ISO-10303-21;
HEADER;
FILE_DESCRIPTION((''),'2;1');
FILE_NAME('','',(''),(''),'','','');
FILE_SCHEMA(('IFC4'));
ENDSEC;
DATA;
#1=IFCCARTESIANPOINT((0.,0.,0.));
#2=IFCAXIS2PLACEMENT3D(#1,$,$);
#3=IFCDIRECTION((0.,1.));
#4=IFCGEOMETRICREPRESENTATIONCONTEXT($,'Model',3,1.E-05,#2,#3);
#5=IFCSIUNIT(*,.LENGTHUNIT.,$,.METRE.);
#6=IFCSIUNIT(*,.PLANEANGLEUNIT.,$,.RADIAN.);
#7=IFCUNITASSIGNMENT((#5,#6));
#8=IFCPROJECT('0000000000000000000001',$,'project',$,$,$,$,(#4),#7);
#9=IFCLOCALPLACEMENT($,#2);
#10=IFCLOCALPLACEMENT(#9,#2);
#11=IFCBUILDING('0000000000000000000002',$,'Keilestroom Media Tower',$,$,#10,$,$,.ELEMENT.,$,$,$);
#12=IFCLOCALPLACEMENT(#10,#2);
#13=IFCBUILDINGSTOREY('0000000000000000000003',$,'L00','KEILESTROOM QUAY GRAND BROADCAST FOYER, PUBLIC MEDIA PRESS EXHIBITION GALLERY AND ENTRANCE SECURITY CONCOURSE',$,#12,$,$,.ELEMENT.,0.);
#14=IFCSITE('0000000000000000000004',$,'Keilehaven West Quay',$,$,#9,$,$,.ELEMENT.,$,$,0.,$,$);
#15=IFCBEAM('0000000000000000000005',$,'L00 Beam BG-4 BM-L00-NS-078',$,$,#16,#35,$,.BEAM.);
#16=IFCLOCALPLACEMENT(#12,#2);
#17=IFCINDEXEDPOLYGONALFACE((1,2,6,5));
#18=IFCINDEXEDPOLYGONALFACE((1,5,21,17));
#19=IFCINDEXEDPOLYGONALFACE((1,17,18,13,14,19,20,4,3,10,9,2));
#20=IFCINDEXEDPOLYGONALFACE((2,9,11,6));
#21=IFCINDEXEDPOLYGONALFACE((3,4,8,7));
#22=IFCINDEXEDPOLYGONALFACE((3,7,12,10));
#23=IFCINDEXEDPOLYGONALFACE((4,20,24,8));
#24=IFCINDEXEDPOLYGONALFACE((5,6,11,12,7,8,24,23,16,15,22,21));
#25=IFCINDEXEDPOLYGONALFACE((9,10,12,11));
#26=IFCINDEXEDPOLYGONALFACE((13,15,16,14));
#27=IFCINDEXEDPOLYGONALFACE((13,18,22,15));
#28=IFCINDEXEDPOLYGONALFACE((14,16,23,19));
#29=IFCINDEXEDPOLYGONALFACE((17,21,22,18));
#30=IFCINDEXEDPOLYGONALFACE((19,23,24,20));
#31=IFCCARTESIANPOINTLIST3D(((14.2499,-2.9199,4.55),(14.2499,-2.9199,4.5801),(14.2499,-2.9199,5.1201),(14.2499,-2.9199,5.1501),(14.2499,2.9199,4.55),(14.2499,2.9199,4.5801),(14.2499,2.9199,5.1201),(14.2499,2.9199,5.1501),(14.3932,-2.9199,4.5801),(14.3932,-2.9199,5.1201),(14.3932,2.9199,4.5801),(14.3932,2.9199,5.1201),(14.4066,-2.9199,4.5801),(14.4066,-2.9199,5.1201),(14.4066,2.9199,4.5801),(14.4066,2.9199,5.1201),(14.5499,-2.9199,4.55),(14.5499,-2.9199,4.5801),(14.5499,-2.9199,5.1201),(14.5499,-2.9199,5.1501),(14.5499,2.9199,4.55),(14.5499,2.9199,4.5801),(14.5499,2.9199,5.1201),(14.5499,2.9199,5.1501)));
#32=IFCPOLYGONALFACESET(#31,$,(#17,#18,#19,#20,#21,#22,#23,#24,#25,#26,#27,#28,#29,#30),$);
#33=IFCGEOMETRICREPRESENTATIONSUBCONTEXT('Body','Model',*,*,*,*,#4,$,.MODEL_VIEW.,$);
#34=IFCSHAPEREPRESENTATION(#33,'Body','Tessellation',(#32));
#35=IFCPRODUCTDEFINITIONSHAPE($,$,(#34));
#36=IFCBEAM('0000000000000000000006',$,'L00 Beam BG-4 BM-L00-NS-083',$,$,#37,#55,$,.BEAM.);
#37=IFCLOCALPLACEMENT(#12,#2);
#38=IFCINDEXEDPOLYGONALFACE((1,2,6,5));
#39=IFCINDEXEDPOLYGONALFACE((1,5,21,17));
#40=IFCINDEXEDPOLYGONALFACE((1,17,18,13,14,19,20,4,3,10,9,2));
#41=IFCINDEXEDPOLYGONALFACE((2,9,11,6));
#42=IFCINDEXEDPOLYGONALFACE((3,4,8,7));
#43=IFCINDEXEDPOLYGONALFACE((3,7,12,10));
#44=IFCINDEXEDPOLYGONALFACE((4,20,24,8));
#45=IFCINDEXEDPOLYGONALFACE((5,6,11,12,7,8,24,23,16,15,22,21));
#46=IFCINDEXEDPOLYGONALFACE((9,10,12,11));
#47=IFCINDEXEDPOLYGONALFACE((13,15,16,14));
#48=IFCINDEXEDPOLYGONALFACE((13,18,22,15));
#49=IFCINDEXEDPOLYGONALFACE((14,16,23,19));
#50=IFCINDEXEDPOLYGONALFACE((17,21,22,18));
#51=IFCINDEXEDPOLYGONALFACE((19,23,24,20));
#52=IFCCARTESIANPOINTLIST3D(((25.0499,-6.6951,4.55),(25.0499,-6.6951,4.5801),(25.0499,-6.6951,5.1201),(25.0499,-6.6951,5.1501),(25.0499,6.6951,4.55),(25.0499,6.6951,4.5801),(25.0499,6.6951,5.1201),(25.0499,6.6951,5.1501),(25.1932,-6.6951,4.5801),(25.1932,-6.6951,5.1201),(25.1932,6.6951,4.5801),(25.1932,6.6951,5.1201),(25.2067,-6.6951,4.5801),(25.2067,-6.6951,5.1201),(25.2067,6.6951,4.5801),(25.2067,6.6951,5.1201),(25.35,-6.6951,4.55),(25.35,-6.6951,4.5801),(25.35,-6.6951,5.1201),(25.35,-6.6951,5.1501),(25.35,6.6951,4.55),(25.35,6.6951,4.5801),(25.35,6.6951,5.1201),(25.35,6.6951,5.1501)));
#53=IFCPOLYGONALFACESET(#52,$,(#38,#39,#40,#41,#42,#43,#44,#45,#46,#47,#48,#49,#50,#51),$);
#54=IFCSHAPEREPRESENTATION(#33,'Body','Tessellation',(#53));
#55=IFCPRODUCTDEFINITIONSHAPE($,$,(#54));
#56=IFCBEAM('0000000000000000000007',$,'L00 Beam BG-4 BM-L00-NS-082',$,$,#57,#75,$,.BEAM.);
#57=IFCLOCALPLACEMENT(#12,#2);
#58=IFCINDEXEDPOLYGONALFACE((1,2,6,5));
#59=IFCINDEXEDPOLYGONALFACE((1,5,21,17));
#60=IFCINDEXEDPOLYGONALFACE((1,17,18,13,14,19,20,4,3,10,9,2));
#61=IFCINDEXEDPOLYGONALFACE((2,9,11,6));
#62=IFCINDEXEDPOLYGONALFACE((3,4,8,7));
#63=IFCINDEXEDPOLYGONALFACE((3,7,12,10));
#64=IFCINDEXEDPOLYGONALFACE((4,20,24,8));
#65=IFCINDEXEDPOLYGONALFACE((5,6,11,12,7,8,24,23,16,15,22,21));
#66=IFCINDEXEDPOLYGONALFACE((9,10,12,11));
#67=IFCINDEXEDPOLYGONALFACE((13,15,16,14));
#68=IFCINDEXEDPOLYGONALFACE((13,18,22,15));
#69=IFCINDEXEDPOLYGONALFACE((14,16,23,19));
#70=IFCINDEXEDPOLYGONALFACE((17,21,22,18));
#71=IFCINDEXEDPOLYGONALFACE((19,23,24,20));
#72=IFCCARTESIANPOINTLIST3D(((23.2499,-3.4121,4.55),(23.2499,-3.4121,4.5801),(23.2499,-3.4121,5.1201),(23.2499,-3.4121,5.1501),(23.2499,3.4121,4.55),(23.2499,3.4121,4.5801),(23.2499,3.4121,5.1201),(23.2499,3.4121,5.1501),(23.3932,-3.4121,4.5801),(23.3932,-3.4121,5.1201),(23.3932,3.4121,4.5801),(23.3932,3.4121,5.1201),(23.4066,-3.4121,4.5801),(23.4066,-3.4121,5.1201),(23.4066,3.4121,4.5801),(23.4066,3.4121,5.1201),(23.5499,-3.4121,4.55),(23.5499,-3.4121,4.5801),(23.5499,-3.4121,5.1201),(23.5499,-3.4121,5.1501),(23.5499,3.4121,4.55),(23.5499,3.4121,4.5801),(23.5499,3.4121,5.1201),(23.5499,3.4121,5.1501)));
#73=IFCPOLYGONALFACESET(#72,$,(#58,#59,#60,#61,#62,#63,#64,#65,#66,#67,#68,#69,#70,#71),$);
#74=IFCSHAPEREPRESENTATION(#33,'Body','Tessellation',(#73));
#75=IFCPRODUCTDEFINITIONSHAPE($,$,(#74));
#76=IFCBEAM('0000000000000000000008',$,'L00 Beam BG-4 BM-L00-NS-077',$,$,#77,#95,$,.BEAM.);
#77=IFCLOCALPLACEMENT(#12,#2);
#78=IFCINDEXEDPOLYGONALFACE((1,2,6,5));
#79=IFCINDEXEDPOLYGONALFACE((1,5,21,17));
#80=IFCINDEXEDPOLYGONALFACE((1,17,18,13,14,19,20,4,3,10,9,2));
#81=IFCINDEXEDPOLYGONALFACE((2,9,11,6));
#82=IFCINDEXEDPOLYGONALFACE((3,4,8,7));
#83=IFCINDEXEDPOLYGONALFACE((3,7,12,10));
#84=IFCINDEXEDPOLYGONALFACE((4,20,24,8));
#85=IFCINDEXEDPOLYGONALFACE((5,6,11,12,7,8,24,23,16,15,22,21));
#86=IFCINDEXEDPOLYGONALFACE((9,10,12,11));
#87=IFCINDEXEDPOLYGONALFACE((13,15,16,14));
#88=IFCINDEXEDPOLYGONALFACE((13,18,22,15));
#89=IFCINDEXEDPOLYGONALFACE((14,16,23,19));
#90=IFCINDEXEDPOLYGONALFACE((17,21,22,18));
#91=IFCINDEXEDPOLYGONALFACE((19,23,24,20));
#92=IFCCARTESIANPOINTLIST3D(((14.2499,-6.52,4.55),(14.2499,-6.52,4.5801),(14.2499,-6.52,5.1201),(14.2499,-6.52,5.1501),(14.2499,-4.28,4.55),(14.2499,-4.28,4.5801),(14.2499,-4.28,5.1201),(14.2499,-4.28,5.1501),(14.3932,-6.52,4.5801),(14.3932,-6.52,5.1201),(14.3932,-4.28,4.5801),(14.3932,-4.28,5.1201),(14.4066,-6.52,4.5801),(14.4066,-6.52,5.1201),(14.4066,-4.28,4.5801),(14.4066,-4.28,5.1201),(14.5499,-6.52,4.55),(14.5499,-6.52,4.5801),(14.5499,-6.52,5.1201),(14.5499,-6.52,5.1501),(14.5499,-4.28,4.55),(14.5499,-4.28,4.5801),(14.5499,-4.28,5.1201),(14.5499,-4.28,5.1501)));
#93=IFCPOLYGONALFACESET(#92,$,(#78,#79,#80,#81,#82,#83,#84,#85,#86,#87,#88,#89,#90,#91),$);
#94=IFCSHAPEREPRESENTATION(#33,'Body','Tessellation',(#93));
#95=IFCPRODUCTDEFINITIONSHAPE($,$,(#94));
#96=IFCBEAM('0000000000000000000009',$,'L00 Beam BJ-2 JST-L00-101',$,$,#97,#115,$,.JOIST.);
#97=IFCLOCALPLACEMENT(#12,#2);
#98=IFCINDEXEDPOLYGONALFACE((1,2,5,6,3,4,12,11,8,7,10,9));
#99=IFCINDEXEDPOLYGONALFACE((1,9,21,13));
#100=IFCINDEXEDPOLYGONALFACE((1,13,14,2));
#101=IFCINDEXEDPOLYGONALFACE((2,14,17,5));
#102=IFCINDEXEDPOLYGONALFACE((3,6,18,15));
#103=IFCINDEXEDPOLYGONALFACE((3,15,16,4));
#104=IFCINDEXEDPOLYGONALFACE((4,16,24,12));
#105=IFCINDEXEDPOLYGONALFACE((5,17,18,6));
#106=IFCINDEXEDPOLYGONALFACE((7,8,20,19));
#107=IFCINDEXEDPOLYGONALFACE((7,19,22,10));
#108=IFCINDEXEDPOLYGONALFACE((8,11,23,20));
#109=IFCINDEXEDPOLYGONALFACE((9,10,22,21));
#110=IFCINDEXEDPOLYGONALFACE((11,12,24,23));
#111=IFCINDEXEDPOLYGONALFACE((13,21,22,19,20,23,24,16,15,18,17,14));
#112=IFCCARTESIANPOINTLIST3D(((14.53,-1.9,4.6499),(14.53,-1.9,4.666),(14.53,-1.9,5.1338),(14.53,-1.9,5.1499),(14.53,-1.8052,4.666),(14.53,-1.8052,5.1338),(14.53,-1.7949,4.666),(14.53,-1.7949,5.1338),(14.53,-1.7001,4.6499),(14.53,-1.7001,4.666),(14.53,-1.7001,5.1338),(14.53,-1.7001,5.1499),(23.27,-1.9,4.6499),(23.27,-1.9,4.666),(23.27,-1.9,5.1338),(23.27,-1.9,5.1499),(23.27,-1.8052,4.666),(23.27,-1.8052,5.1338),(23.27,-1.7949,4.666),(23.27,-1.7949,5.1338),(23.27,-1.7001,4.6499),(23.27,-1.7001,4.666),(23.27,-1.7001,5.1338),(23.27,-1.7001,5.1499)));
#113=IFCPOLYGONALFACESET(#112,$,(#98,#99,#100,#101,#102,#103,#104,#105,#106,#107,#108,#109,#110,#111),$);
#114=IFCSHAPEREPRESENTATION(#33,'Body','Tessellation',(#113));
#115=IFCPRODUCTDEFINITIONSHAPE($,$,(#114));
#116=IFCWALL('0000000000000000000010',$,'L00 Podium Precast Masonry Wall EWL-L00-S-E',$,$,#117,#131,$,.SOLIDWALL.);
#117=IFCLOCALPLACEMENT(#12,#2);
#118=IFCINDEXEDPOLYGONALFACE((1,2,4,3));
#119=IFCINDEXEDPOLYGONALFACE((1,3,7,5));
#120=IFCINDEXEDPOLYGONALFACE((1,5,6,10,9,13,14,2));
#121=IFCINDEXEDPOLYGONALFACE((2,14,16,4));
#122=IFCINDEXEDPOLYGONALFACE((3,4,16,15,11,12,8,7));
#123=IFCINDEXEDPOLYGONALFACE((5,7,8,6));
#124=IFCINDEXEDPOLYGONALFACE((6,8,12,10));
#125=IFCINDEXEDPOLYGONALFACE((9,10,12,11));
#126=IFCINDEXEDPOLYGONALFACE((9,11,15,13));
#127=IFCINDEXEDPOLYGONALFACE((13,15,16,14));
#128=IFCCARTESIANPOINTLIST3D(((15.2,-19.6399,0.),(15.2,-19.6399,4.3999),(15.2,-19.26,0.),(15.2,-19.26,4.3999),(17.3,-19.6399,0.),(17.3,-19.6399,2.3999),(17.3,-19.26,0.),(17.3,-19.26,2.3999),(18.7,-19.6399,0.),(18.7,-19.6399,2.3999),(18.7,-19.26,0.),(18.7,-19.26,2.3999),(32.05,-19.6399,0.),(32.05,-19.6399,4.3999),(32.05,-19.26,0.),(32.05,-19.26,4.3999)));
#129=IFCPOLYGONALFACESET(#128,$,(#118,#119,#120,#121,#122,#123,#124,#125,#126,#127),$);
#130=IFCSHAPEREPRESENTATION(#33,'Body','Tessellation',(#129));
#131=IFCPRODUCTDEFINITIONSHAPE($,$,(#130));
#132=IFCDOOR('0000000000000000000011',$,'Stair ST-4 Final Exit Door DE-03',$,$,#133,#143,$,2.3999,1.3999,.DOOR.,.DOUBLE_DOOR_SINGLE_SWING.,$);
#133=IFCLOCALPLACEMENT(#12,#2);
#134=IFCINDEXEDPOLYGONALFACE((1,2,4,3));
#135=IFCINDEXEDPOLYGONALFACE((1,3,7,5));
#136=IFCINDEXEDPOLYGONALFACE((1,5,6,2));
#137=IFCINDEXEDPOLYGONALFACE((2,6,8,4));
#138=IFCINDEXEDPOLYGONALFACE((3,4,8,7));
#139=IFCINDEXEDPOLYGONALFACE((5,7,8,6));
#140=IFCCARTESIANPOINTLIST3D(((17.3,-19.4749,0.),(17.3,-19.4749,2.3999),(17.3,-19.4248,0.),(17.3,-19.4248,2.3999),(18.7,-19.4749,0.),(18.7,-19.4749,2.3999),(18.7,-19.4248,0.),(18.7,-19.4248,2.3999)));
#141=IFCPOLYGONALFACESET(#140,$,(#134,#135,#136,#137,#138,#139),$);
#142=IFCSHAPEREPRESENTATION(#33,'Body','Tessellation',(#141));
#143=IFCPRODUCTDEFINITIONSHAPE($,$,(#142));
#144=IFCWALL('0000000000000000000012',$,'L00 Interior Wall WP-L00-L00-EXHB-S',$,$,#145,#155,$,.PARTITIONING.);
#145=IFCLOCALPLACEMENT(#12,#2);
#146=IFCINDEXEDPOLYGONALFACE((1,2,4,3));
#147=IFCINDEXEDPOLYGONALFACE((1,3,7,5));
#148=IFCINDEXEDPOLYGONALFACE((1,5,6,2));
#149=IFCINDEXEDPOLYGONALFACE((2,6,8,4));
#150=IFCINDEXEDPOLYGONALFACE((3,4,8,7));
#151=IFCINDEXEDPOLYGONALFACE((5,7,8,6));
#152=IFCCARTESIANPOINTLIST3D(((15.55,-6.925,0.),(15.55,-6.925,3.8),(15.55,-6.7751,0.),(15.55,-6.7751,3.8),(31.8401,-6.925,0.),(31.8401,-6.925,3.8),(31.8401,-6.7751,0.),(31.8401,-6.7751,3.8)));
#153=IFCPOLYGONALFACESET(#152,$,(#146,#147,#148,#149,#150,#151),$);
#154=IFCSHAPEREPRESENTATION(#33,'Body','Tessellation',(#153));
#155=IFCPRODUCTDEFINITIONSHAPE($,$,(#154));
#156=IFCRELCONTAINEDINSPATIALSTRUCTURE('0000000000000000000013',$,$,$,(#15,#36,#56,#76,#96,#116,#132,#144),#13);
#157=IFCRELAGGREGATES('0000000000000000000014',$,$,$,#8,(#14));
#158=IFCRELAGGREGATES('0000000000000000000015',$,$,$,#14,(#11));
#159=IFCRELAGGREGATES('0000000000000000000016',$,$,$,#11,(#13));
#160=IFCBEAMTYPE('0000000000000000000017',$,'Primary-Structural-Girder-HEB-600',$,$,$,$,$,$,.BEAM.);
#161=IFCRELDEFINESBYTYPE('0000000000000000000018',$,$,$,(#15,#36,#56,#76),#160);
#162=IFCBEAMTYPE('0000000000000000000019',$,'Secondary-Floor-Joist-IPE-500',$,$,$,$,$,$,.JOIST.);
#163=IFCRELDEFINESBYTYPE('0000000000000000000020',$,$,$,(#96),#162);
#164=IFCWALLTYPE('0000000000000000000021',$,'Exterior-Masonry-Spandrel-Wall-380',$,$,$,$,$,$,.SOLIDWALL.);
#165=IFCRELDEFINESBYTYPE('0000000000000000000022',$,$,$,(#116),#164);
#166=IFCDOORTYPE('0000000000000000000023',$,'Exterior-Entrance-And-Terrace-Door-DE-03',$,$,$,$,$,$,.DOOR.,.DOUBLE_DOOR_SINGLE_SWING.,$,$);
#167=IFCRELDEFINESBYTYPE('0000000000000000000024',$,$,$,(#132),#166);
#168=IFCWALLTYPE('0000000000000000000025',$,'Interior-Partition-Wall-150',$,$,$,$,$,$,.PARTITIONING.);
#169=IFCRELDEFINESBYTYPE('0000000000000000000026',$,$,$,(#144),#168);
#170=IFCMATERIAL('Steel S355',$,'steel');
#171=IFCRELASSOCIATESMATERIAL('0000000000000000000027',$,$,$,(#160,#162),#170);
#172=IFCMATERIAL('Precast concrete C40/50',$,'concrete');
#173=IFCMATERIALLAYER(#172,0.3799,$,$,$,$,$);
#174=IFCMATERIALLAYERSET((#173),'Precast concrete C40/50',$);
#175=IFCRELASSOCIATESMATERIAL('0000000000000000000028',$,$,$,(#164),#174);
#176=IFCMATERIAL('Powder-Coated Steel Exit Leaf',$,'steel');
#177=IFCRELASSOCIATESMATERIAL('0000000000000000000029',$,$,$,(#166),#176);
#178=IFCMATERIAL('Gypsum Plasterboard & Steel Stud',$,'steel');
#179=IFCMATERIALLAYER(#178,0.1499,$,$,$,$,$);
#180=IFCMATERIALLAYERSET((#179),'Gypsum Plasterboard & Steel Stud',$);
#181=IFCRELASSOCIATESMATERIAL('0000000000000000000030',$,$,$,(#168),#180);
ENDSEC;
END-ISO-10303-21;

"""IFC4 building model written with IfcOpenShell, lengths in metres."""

from ifc_helpers import new_model, si_unit, direction, frame, frame_2d, origin, origin_2d, place, context, subcontext, project, spatial, rectangle, i_section, extrude, source, transform, mapped, material, layer, layer_set, material_profile, profile_set, type_object, element, fill, save


model = new_model("IFC4")

# Units and contexts
model_context = context("Model", 3, precision=1e-05, world=origin(), true_north=direction((0.0, 1.0)))
body_context = subcontext(model_context, "Body", "Model", "MODEL_VIEW")
ifc_project = project(units=[si_unit("LENGTHUNIT", "METRE"), si_unit("PLANEANGLEUNIT", "RADIAN")], contexts=[model_context])

# Site, building, storey
site_placement = place(None, origin())
site = spatial("IfcSite", under=ifc_project, at=site_placement, Name="Keilehaven West Quay", CompositionType="ELEMENT", RefElevation=0.0)
building_placement = place(site_placement, origin())
building = spatial("IfcBuilding", under=site, at=building_placement, Name="Keilestroom Media Tower", CompositionType="ELEMENT")
storey_placement = place(building_placement, origin())
storey = spatial("IfcBuildingStorey", under=building, at=storey_placement, Name="L00", Description="KEILESTROOM QUAY GRAND BROADCAST FOYER, PUBLIC MEDIA PRESS EXHIBITION GALLERY AND ENTRANCE SECURITY CONCOURSE", CompositionType="ELEMENT", Elevation=0.0)

# Shared definitions
ifc_material_1 = material(Name="Precast concrete C40/50", Category="concrete")

# Beams
ifc_material_2 = material(Name="Steel S355", Category="steel")
ifc_material_profile_1 = material_profile(ifc_material_2, i_section(OverallWidth=0.3, OverallDepth=0.6001, WebThickness=0.0134, FlangeThickness=0.03, at=origin_2d()), Name="HEB 600")
ifc_profile_set_1 = profile_set([ifc_material_profile_1], Name="Steel S355")
beam_type_1 = type_object("IfcBeamType", Name="Primary-Structural-Girder-HEB-600", PredefinedType="BEAM", material=ifc_profile_set_1)
shared_shape_1 = source(origin(), body_context, "Body", "SweptSolid", [
    extrude(i_section(OverallWidth=0.3, OverallDepth=0.6001, WebThickness=0.0134, FlangeThickness=0.03, at=origin_2d()), origin(), (0.0, 0.0, 1.0), 5.8398),
])
beam_1_placement = place(storey_placement, frame((14.3999, -2.9199, 4.8501), z_axis=(0.0, 1.0, 0.0), x_axis=(-1.0, 0.0, 0.0)))
element("IfcBeam", 1, at=beam_1_placement, inside=storey, type_object=beam_type_1, Name="L00 Beam BG-4 BM-L00-NS-078", PredefinedType="BEAM", context=body_context, shape_type="MappedRepresentation", body=[
    mapped(shared_shape_1, transform((0.0, 0.0, 0.0), x_axis=(1.0, 0.0, 0.0), y_axis=(0.0, 1.0, 0.0), z_axis=(0.0, 0.0, 1.0), scale=1.0)),
])
shared_shape_2 = source(origin(), body_context, "Body", "SweptSolid", [
    extrude(i_section(OverallWidth=0.3, OverallDepth=0.6001, WebThickness=0.0134, FlangeThickness=0.03, at=origin_2d()), origin(), (0.0, 0.0, 1.0), 13.3901),
])
beam_2_placement = place(storey_placement, frame((25.2, -6.6951, 4.8501), z_axis=(0.0, 1.0, 0.0), x_axis=(-1.0, 0.0, 0.0)))
element("IfcBeam", 2, at=beam_2_placement, inside=storey, type_object=beam_type_1, Name="L00 Beam BG-4 BM-L00-NS-083", PredefinedType="BEAM", context=body_context, shape_type="MappedRepresentation", body=[
    mapped(shared_shape_2, transform((0.0, 0.0, 0.0), x_axis=(1.0, 0.0, 0.0), y_axis=(0.0, 1.0, 0.0), z_axis=(0.0, 0.0, 1.0), scale=1.0)),
])
shared_shape_3 = source(origin(), body_context, "Body", "SweptSolid", [
    extrude(i_section(OverallWidth=0.3, OverallDepth=0.6001, WebThickness=0.0134, FlangeThickness=0.03, at=origin_2d()), origin(), (0.0, 0.0, 1.0), 6.8242),
])
beam_3_placement = place(storey_placement, frame((23.3999, -3.4121, 4.8501), z_axis=(0.0, 1.0, 0.0), x_axis=(-1.0, 0.0, 0.0)))
element("IfcBeam", 3, at=beam_3_placement, inside=storey, type_object=beam_type_1, Name="L00 Beam BG-4 BM-L00-NS-082", PredefinedType="BEAM", context=body_context, shape_type="MappedRepresentation", body=[
    mapped(shared_shape_3, transform((0.0, 0.0, 0.0), x_axis=(1.0, 0.0, 0.0), y_axis=(0.0, 1.0, 0.0), z_axis=(0.0, 0.0, 1.0), scale=1.0)),
])
shared_shape_4 = source(origin(), body_context, "Body", "SweptSolid", [
    extrude(i_section(OverallWidth=0.3, OverallDepth=0.6001, WebThickness=0.0134, FlangeThickness=0.03, at=origin_2d()), origin(), (0.0, 0.0, 1.0), 2.24),
])
beam_4_placement = place(storey_placement, frame((14.3999, -6.52, 4.8501), z_axis=(0.0, 1.0, 0.0), x_axis=(-1.0, 0.0, 0.0)))
element("IfcBeam", 4, at=beam_4_placement, inside=storey, type_object=beam_type_1, Name="L00 Beam BG-4 BM-L00-NS-077", PredefinedType="BEAM", context=body_context, shape_type="MappedRepresentation", body=[
    mapped(shared_shape_4, transform((0.0, 0.0, 0.0), x_axis=(1.0, 0.0, 0.0), y_axis=(0.0, 1.0, 0.0), z_axis=(0.0, 0.0, 1.0), scale=1.0)),
])
ifc_material_profile_2 = material_profile(ifc_material_2, i_section(OverallWidth=0.2, OverallDepth=0.5, WebThickness=0.0103, FlangeThickness=0.0161, at=origin_2d()), Name="IPE 500")
ifc_profile_set_2 = profile_set([ifc_material_profile_2], Name="Steel S355")
beam_type_2 = type_object("IfcBeamType", Name="Secondary-Floor-Joist-IPE-500", PredefinedType="JOIST", material=ifc_profile_set_2)
shared_shape_5 = source(origin(), body_context, "Body", "SweptSolid", [
    extrude(i_section(OverallWidth=0.2, OverallDepth=0.5, WebThickness=0.0103, FlangeThickness=0.0161, at=origin_2d()), origin(), (0.0, 0.0, 1.0), 8.74),
])
beam_5_placement = place(storey_placement, frame((14.53, -1.8, 4.8999), z_axis=(1.0, 0.0, 0.0), x_axis=(0.0, 1.0, 0.0)))
element("IfcBeam", 5, at=beam_5_placement, inside=storey, type_object=beam_type_2, Name="L00 Beam BJ-2 JST-L00-101", PredefinedType="JOIST", context=body_context, shape_type="MappedRepresentation", body=[
    mapped(shared_shape_5, transform((0.0, 0.0, 0.0), x_axis=(1.0, 0.0, 0.0), y_axis=(0.0, 1.0, 0.0), z_axis=(0.0, 0.0, 1.0), scale=1.0)),
])

# Wall, opening, door
ifc_layer_1 = layer(ifc_material_1, 0.3799)
ifc_layer_set_1 = layer_set([ifc_layer_1], Name="Precast concrete C40/50")
wall_type_1 = type_object("IfcWallType", Name="Exterior-Masonry-Spandrel-Wall-380", PredefinedType="SOLIDWALL", material=ifc_layer_set_1)
wall_1_placement = place(storey_placement, frame((15.2, -19.45, 0.0), z_axis=(0.0, 0.0, 1.0), x_axis=(1.0, 0.0, 0.0)))
wall_1 = element("IfcWall", 6, at=wall_1_placement, inside=storey, type_object=wall_type_1, Name="L00 Podium Precast Masonry Wall EWL-L00-S-E", PredefinedType="SOLIDWALL", context=body_context, shape_type="SweptSolid", body=[
    extrude(rectangle(XDim=16.8501, YDim=0.3799, at=frame_2d((8.425, 0.0))), origin(), (0.0, 0.0, 1.0), 4.3999),
])
opening_1_placement = place(wall_1_placement, frame((2.1001, 0.0, 0.0)))
opening_1 = element("IfcOpeningElement", 7, at=opening_1_placement, cuts=wall_1, PredefinedType="OPENING", context=body_context, shape_type="SweptSolid", body=[
    extrude(rectangle(XDim=1.3999, YDim=2.3999, at=frame_2d((0.7, 1.2))), frame((0.0, 0.2, 0.0), z_axis=(0.0, -1.0, 0.0), x_axis=(1.0, 0.0, 0.0)), (0.0, 0.0, 1.0), 0.3999),
])
ifc_material_3 = material(Name="Powder-Coated Steel Exit Leaf", Category="steel")
door_type_1 = type_object("IfcDoorType", Name="Exterior-Entrance-And-Terrace-Door-DE-03", OperationType="DOUBLE_DOOR_SINGLE_SWING", PredefinedType="DOOR", material=ifc_material_3)
shared_shape_6 = source(origin(), body_context, "Body", "SweptSolid", [
    extrude(rectangle(XDim=1.3999, YDim=2.3999, at=frame_2d((0.7, 1.2))), frame((0.0, 0.0249, 0.0), z_axis=(0.0, -1.0, 0.0), x_axis=(1.0, 0.0, 0.0)), (0.0, 0.0, 1.0), 0.05),
])
door_1_placement = place(opening_1_placement, frame((1.3999, 0.0, 0.0), z_axis=(0.0, 0.0, 1.0), x_axis=(-1.0, 0.0, 0.0)))
door_1 = element("IfcDoor", 8, at=door_1_placement, inside=storey, type_object=door_type_1, Name="Stair ST-4 Final Exit Door DE-03", OperationType="DOUBLE_DOOR_SINGLE_SWING", OverallHeight=2.3999, OverallWidth=1.3999, PredefinedType="DOOR", context=body_context, shape_type="MappedRepresentation", body=[
    mapped(shared_shape_6, transform((0.0, 0.0, 0.0), x_axis=(1.0, 0.0, 0.0), y_axis=(0.0, 1.0, 0.0), z_axis=(0.0, 0.0, 1.0), scale=1.0)),
])
fill(opening_1, door_1)

# Wall
ifc_material_4 = material(Name="Gypsum Plasterboard & Steel Stud", Category="steel")
ifc_layer_2 = layer(ifc_material_4, 0.1499)
ifc_layer_set_2 = layer_set([ifc_layer_2], Name="Gypsum Plasterboard & Steel Stud")
wall_type_2 = type_object("IfcWallType", Name="Interior-Partition-Wall-150", PredefinedType="PARTITIONING", material=ifc_layer_set_2)
wall_2_placement = place(storey_placement, frame((15.55, -6.8501, 0.0), z_axis=(0.0, 0.0, 1.0), x_axis=(1.0, 0.0, 0.0)))
element("IfcWall", 9, at=wall_2_placement, inside=storey, type_object=wall_type_2, Name="L00 Interior Wall WP-L00-L00-EXHB-S", PredefinedType="PARTITIONING", context=body_context, shape_type="SweptSolid", body=[
    extrude(rectangle(XDim=16.29, YDim=0.1499, at=frame_2d((8.145, 0.0))), origin(), (0.0, 0.0, 1.0), 3.8),
])

save(model, "model.ifc")
